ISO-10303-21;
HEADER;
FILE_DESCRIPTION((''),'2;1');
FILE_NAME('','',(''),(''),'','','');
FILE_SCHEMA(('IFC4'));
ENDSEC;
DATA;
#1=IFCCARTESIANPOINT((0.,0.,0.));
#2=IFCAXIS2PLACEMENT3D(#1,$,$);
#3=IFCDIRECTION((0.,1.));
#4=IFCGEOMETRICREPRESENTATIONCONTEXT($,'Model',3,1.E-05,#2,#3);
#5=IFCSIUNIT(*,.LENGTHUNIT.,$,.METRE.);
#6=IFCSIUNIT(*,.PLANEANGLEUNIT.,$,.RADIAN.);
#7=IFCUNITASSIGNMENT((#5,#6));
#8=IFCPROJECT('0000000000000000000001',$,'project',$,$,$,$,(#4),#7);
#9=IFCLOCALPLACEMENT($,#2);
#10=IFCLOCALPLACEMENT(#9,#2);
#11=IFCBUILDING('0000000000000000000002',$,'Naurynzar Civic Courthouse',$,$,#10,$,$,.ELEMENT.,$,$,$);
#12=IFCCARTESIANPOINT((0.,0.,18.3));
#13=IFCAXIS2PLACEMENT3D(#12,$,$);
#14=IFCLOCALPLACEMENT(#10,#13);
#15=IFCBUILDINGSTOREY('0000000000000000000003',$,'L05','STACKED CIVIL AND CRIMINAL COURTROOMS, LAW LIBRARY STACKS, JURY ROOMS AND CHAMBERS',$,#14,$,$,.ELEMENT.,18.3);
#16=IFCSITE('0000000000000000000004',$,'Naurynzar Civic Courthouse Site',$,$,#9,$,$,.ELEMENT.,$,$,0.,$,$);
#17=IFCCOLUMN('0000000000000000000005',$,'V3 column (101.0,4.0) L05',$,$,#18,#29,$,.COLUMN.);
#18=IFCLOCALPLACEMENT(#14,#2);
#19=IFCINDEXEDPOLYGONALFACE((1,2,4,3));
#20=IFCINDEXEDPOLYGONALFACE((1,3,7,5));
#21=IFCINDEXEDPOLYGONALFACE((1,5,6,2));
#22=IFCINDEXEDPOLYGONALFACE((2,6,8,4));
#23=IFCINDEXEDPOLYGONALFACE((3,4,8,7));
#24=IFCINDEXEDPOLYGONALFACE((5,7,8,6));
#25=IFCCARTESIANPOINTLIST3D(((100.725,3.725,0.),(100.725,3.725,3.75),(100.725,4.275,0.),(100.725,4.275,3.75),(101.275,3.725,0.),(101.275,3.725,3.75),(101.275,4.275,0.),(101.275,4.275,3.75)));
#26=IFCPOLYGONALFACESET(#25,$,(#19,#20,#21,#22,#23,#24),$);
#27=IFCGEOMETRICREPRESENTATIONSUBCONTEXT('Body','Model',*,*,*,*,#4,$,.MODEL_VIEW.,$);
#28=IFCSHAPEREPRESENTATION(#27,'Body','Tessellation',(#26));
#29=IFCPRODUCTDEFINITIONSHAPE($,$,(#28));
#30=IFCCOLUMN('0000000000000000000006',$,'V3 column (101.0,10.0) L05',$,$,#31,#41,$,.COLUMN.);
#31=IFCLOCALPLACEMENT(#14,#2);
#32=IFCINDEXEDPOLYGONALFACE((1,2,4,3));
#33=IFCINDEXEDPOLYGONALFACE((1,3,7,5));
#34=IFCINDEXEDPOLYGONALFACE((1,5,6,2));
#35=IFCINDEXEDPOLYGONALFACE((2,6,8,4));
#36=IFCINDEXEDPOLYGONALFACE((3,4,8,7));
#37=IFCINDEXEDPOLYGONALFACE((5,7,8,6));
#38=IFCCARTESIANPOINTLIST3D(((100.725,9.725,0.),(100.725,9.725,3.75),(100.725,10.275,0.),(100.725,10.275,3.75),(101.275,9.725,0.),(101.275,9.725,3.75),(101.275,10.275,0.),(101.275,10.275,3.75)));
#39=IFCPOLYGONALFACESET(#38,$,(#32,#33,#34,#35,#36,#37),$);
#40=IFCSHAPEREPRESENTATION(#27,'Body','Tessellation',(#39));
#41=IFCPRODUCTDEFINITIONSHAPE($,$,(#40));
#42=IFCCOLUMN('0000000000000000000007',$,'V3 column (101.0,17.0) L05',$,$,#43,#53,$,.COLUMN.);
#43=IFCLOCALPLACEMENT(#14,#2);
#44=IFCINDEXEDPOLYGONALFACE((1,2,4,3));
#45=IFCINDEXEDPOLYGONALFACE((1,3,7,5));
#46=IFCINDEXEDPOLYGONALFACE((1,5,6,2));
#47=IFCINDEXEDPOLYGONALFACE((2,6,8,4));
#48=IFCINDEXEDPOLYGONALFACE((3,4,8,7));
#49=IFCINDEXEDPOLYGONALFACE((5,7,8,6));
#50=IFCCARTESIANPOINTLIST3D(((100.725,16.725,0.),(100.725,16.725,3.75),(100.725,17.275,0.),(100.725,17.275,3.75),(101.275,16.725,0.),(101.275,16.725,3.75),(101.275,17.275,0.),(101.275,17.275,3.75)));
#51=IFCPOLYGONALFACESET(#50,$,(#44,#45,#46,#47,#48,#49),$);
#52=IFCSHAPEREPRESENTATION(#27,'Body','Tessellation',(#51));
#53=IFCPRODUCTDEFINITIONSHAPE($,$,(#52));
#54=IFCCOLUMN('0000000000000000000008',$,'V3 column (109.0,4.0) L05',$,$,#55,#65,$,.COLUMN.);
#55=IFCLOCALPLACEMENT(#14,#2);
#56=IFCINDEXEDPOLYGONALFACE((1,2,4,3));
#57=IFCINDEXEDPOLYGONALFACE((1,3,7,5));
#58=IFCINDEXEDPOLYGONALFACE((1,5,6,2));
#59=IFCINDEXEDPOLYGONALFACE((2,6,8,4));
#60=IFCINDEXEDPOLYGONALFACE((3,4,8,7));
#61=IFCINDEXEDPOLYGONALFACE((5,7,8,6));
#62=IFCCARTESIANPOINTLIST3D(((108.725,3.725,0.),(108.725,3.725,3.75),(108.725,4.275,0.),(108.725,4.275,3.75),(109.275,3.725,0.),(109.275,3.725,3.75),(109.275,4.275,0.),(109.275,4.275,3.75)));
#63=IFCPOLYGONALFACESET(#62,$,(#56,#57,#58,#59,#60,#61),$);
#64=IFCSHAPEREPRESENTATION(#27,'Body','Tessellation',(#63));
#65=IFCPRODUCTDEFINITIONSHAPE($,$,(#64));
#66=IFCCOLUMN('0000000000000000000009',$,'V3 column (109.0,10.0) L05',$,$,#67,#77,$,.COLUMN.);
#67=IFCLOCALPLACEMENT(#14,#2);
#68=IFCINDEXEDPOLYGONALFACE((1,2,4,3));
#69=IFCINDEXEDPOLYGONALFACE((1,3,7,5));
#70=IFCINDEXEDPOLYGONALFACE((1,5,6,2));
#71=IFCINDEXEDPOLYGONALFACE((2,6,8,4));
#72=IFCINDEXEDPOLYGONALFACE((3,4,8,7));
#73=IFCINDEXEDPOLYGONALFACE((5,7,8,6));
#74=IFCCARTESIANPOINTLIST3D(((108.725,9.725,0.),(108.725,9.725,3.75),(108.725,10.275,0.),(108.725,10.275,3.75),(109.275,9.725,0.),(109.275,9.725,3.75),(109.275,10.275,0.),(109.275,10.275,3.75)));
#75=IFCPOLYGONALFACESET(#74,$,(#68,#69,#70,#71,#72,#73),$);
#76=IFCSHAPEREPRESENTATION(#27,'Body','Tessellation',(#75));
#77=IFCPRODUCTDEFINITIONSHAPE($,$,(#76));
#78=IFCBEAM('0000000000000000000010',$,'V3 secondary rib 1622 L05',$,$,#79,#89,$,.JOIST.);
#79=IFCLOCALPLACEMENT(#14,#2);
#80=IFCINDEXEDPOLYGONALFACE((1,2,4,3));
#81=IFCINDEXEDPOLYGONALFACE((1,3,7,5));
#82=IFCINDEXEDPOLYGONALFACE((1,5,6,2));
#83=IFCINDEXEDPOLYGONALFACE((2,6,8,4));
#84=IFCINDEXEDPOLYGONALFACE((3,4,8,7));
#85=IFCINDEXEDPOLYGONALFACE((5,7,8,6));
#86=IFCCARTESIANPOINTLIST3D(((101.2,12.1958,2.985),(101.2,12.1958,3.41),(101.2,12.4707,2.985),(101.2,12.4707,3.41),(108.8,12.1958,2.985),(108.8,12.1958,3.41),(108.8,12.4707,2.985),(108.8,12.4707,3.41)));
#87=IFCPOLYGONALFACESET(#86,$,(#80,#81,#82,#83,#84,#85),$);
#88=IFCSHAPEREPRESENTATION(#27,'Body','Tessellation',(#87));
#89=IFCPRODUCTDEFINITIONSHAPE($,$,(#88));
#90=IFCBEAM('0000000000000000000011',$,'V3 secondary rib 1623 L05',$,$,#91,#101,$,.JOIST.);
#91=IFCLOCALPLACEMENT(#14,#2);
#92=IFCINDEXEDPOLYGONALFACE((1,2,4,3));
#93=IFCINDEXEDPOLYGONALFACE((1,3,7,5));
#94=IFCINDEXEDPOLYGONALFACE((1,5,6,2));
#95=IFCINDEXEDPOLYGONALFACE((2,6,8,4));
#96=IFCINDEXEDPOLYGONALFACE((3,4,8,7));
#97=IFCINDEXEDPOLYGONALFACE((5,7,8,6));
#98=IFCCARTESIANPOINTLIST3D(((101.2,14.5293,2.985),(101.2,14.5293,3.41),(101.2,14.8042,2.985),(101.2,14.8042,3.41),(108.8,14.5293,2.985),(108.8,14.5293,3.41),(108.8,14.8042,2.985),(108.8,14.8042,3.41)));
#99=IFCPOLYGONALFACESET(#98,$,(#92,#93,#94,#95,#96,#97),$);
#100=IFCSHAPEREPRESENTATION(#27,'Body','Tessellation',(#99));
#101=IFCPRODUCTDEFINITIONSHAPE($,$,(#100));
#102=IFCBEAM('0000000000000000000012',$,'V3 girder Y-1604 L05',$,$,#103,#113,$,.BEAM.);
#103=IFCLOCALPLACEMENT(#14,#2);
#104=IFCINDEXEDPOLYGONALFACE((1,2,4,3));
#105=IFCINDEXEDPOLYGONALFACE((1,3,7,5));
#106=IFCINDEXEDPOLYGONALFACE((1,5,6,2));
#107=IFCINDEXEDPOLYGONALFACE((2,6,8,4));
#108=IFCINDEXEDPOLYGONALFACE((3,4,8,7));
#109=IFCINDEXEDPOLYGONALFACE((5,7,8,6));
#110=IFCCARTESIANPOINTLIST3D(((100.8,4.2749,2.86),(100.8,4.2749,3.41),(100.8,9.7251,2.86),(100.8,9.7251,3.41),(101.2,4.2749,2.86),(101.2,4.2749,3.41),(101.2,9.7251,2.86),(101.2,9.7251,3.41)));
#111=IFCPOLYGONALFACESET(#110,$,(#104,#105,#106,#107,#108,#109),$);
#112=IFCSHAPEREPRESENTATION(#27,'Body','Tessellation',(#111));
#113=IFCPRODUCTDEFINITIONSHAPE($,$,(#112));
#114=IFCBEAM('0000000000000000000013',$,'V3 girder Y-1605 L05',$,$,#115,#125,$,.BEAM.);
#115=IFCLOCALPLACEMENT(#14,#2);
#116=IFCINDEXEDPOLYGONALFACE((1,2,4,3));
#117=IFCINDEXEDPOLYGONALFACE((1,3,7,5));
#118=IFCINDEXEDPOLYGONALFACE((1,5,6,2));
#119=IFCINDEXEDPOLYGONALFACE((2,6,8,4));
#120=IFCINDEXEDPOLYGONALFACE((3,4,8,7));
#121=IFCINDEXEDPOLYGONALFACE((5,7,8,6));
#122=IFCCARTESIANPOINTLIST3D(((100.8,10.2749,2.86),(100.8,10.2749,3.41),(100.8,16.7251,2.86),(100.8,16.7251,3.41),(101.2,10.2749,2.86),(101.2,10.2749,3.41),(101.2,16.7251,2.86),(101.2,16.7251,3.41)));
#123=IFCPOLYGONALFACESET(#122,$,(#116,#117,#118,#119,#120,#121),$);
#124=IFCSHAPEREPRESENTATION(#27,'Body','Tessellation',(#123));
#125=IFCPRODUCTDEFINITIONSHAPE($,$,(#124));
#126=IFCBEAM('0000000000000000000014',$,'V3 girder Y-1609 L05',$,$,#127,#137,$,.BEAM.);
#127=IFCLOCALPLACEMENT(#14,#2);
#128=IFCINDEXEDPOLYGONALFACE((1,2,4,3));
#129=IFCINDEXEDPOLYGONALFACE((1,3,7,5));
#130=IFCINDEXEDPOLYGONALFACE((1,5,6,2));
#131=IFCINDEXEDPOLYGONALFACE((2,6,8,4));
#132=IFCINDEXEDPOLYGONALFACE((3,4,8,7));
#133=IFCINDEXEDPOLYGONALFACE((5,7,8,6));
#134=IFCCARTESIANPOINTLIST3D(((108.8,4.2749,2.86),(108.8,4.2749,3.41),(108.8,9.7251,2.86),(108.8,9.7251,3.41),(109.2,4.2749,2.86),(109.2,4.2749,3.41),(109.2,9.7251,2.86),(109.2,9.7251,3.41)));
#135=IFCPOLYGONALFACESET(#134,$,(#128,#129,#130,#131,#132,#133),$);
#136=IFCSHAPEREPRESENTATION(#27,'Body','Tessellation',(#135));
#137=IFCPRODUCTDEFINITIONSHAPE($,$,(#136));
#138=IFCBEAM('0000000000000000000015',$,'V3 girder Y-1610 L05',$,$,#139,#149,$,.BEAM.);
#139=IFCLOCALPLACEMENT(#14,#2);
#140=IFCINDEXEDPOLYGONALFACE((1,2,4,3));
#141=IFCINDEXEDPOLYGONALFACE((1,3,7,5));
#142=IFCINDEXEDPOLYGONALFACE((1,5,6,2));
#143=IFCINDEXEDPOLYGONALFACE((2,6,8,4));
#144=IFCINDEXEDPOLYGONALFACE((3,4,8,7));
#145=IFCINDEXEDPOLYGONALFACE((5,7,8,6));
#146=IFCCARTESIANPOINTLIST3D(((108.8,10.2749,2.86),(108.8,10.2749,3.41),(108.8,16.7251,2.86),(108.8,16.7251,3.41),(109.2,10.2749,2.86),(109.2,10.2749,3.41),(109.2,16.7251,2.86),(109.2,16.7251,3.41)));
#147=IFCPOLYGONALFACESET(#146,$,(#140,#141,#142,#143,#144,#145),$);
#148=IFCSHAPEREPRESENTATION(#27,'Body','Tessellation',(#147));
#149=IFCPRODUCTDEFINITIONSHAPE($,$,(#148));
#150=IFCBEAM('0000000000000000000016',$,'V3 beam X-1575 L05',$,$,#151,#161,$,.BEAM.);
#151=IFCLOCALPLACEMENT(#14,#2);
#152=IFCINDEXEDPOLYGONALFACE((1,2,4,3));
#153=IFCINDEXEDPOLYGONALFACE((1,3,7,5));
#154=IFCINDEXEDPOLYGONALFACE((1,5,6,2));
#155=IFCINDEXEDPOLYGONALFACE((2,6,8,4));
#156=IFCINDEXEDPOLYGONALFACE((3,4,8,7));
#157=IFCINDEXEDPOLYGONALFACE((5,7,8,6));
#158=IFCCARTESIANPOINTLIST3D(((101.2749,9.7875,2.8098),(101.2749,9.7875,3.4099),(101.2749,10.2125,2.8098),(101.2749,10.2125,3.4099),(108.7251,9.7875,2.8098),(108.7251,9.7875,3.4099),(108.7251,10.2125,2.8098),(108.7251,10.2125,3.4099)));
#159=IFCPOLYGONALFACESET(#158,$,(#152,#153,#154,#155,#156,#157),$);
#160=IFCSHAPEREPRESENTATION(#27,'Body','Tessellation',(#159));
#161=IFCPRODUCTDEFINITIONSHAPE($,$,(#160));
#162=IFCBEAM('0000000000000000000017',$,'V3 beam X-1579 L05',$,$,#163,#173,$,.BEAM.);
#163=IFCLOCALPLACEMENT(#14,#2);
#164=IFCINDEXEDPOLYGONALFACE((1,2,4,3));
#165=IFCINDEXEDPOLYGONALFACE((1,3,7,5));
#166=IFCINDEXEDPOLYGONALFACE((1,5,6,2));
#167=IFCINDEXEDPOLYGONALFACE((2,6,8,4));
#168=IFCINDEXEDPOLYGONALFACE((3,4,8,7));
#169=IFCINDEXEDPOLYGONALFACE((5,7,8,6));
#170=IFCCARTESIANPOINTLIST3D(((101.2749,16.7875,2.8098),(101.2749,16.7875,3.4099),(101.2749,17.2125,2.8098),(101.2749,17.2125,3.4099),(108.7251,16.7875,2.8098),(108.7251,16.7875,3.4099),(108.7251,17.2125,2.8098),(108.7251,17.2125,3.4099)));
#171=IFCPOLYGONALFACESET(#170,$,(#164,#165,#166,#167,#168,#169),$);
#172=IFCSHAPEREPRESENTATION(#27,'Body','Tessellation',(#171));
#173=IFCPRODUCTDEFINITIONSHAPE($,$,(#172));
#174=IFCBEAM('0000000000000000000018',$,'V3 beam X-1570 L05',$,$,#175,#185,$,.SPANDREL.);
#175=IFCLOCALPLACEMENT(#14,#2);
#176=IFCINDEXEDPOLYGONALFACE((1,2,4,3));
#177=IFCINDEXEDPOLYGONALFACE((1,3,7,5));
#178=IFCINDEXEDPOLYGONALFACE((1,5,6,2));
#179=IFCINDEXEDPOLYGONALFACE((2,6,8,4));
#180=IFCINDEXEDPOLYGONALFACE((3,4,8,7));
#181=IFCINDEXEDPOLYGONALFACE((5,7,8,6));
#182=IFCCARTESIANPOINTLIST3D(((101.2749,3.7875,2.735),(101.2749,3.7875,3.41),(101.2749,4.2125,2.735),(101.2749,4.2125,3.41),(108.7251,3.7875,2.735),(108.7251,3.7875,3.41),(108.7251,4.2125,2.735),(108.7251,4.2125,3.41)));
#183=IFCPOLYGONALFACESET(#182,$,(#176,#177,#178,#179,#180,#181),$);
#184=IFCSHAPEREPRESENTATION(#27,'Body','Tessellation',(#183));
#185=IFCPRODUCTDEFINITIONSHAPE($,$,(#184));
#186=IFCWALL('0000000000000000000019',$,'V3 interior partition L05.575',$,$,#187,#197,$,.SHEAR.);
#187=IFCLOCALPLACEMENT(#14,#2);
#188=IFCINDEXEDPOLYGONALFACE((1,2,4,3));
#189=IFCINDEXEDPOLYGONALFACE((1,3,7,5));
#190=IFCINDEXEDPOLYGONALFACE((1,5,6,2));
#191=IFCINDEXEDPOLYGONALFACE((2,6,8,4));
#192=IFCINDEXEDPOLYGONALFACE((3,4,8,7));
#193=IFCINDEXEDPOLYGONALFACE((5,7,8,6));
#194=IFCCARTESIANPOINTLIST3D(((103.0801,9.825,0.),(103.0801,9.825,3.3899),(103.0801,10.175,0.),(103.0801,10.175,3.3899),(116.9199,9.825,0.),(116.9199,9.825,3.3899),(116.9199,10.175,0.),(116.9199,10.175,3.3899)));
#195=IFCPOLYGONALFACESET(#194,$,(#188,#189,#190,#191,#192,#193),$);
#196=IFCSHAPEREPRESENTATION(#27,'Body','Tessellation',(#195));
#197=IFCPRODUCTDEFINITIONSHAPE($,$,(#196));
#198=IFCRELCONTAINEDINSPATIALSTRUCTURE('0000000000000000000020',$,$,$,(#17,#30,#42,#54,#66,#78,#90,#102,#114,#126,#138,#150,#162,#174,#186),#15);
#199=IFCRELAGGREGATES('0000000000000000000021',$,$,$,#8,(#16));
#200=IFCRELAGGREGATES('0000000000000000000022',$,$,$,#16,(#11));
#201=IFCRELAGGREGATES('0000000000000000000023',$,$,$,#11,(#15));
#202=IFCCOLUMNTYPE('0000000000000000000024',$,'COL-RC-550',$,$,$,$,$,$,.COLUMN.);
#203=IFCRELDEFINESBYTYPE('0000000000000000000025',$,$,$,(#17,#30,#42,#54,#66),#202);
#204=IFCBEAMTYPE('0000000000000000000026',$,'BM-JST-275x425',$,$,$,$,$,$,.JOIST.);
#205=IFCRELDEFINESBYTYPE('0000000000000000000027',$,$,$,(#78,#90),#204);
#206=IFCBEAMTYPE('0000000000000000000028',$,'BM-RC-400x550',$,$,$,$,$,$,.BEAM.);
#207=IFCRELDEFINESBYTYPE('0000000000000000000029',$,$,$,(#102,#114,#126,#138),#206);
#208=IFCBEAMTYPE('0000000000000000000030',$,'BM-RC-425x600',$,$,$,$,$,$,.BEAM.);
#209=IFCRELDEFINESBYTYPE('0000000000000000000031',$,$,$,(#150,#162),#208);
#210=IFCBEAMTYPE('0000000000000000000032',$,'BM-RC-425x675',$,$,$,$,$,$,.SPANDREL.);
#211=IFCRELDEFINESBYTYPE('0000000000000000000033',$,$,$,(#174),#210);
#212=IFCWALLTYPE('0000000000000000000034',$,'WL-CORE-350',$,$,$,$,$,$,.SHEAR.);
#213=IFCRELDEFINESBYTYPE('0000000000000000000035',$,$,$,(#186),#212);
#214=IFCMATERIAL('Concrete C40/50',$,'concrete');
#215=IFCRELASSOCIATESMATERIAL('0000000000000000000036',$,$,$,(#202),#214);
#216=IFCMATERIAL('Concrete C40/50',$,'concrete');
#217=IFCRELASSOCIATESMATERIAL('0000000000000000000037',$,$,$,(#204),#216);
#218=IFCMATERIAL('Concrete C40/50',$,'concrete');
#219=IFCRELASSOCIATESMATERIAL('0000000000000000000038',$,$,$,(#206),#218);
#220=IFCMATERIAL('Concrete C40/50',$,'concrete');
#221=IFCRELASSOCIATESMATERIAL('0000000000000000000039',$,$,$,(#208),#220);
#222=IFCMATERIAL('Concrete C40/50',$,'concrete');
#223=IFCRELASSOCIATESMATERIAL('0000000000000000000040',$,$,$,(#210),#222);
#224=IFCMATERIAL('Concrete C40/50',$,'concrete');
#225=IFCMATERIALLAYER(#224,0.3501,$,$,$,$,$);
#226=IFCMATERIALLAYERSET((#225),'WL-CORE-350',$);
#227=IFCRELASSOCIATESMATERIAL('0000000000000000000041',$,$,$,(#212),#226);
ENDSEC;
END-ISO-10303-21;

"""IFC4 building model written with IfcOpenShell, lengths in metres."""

from ifc_helpers import new_model, si_unit, direction, frame, frame_2d, origin, origin_2d, place, context, subcontext, project, spatial, rectangle, extrude, material, layer, layer_set, material_profile, profile_set, type_object, element, save


model = new_model("IFC4")

# Units and contexts
model_context = context("Model", 3, precision=1e-05, world=origin(), true_north=direction((0.0, 1.0)))
body_context = subcontext(model_context, "Body", "Model", "MODEL_VIEW")
ifc_project = project(units=[si_unit("LENGTHUNIT", "METRE"), si_unit("PLANEANGLEUNIT", "RADIAN")], contexts=[model_context])

# Site, building, storey
site_placement = place(None, origin())
site = spatial("IfcSite", under=ifc_project, at=site_placement, Name="Naurynzar Civic Courthouse Site", CompositionType="ELEMENT", RefElevation=0.0)
building_placement = place(site_placement, origin())
building = spatial("IfcBuilding", under=site, at=building_placement, Name="Naurynzar Civic Courthouse", CompositionType="ELEMENT")
storey_placement = place(building_placement, frame((0.0, 0.0, 18.3)))
storey = spatial("IfcBuildingStorey", under=building, at=storey_placement, Name="L05", Description="STACKED CIVIL AND CRIMINAL COURTROOMS, LAW LIBRARY STACKS, JURY ROOMS AND CHAMBERS", CompositionType="ELEMENT", Elevation=18.3)

# Columns
ifc_material_1 = material(Name="Concrete C40/50", Category="concrete")
ifc_material_profile_1 = material_profile(ifc_material_1, rectangle(XDim=0.55, YDim=0.55, at=origin_2d()), Name="RC 550x550")
ifc_profile_set_1 = profile_set([ifc_material_profile_1], Name="Concrete C40/50")
column_type = type_object("IfcColumnType", Name="COL-RC-550", PredefinedType="COLUMN", material=ifc_profile_set_1)
for number, where, z_axis, x_axis, name in (
    (1, (101.0, 4.0, 0.0), (0.0, 0.0, 1.0), (1.0, 0.0, 0.0), "V3 column (101.0,4.0) L05"),
    (2, (101.0, 10.0, 0.0), (0.0, 0.0, 1.0), (1.0, 0.0, 0.0), "V3 column (101.0,10.0) L05"),
    (3, (101.0, 17.0, 0.0), (0.0, 0.0, 1.0), (1.0, 0.0, 0.0), "V3 column (101.0,17.0) L05"),
    (4, (109.0, 4.0, 0.0), (0.0, 0.0, 1.0), (1.0, 0.0, 0.0), "V3 column (109.0,4.0) L05"),
    (5, (109.0, 10.0, 0.0), (0.0, 0.0, 1.0), (1.0, 0.0, 0.0), "V3 column (109.0,10.0) L05"),
):
    element("IfcColumn", number, at=place(storey_placement, frame(where, z_axis=z_axis, x_axis=x_axis)), inside=storey, type_object=column_type, Name=name, PredefinedType="COLUMN", context=body_context, shape_type="SweptSolid", body=[
        extrude(rectangle(XDim=0.55, YDim=0.55, at=origin_2d()), origin(), (0.0, 0.0, 1.0), 3.75),
    ])

# Beams
ifc_material_2 = material(Name="Concrete C40/50", Category="concrete")
ifc_material_profile_2 = material_profile(ifc_material_2, rectangle(XDim=0.2749, YDim=0.425, at=origin_2d()), Name="RCB 275x425")
ifc_profile_set_2 = profile_set([ifc_material_profile_2], Name="Concrete C40/50")
beam_type_1 = type_object("IfcBeamType", Name="BM-JST-275x425", PredefinedType="JOIST", material=ifc_profile_set_2)
for number, where, z_axis, x_axis, name in (
    (6, (101.2, 12.3333, 3.1975), (1.0, 0.0, 0.0), (0.0, 1.0, 0.0), "V3 secondary rib 1622 L05"),
    (7, (101.2, 14.6667, 3.1975), (1.0, 0.0, 0.0), (0.0, 1.0, 0.0), "V3 secondary rib 1623 L05"),
):
    element("IfcBeam", number, at=place(storey_placement, frame(where, z_axis=z_axis, x_axis=x_axis)), inside=storey, type_object=beam_type_1, Name=name, PredefinedType="JOIST", context=body_context, shape_type="SweptSolid", body=[
        extrude(rectangle(XDim=0.2749, YDim=0.425, at=origin_2d()), origin(), (0.0, 0.0, 1.0), 7.6001),
    ])
ifc_material_3 = material(Name="Concrete C40/50", Category="concrete")
ifc_material_profile_3 = material_profile(ifc_material_3, rectangle(XDim=0.3999, YDim=0.55, at=origin_2d()), Name="RCB 400x550")
ifc_profile_set_3 = profile_set([ifc_material_profile_3], Name="Concrete C40/50")
beam_type_2 = type_object("IfcBeamType", Name="BM-RC-400x550", PredefinedType="BEAM", material=ifc_profile_set_3)
beam_1_placement = place(storey_placement, frame((101.0, 4.2749, 3.135), z_axis=(0.0, 1.0, 0.0), x_axis=(-1.0, 0.0, 0.0)))
element("IfcBeam", 8, at=beam_1_placement, inside=storey, type_object=beam_type_2, Name="V3 girder Y-1604 L05", PredefinedType="BEAM", context=body_context, shape_type="SweptSolid", body=[
    extrude(rectangle(XDim=0.3999, YDim=0.55, at=origin_2d()), origin(), (0.0, 0.0, 1.0), 5.4502),
])
beam_2_placement = place(storey_placement, frame((101.0, 10.2749, 3.135), z_axis=(0.0, 1.0, 0.0), x_axis=(-1.0, 0.0, 0.0)))
element("IfcBeam", 9, at=beam_2_placement, inside=storey, type_object=beam_type_2, Name="V3 girder Y-1605 L05", PredefinedType="BEAM", context=body_context, shape_type="SweptSolid", body=[
    extrude(rectangle(XDim=0.3999, YDim=0.55, at=origin_2d()), origin(), (0.0, 0.0, 1.0), 6.4502),
])
beam_3_placement = place(storey_placement, frame((109.0, 4.2749, 3.135), z_axis=(0.0, 1.0, 0.0), x_axis=(-1.0, 0.0, 0.0)))
element("IfcBeam", 10, at=beam_3_placement, inside=storey, type_object=beam_type_2, Name="V3 girder Y-1609 L05", PredefinedType="BEAM", context=body_context, shape_type="SweptSolid", body=[
    extrude(rectangle(XDim=0.3999, YDim=0.55, at=origin_2d()), origin(), (0.0, 0.0, 1.0), 5.4502),
])
beam_4_placement = place(storey_placement, frame((109.0, 10.2749, 3.135), z_axis=(0.0, 1.0, 0.0), x_axis=(-1.0, 0.0, 0.0)))
element("IfcBeam", 11, at=beam_4_placement, inside=storey, type_object=beam_type_2, Name="V3 girder Y-1610 L05", PredefinedType="BEAM", context=body_context, shape_type="SweptSolid", body=[
    extrude(rectangle(XDim=0.3999, YDim=0.55, at=origin_2d()), origin(), (0.0, 0.0, 1.0), 6.4502),
])
ifc_material_4 = material(Name="Concrete C40/50", Category="concrete")
ifc_material_profile_4 = material_profile(ifc_material_4, rectangle(XDim=0.425, YDim=0.6001, at=origin_2d()), Name="RCB 425x600")
ifc_profile_set_4 = profile_set([ifc_material_profile_4], Name="Concrete C40/50")
beam_type_3 = type_object("IfcBeamType", Name="BM-RC-425x600", PredefinedType="BEAM", material=ifc_profile_set_4)
for number, where, z_axis, x_axis, name in (
    (12, (101.2749, 10.0, 3.1099), (1.0, 0.0, 0.0), (0.0, 1.0, 0.0), "V3 beam X-1575 L05"),
    (13, (101.2749, 17.0, 3.1099), (1.0, 0.0, 0.0), (0.0, 1.0, 0.0), "V3 beam X-1579 L05"),
):
    element("IfcBeam", number, at=place(storey_placement, frame(where, z_axis=z_axis, x_axis=x_axis)), inside=storey, type_object=beam_type_3, Name=name, PredefinedType="BEAM", context=body_context, shape_type="SweptSolid", body=[
        extrude(rectangle(XDim=0.425, YDim=0.6001, at=origin_2d()), origin(), (0.0, 0.0, 1.0), 7.4502),
    ])
ifc_material_5 = material(Name="Concrete C40/50", Category="concrete")
ifc_material_profile_5 = material_profile(ifc_material_5, rectangle(XDim=0.425, YDim=0.675, at=origin_2d()), Name="RCB 425x675")
ifc_profile_set_5 = profile_set([ifc_material_profile_5], Name="Concrete C40/50")
beam_type_4 = type_object("IfcBeamType", Name="BM-RC-425x675", PredefinedType="SPANDREL", material=ifc_profile_set_5)
beam_5_placement = place(storey_placement, frame((101.2749, 4.0, 3.0725), z_axis=(1.0, 0.0, 0.0), x_axis=(0.0, 1.0, 0.0)))
element("IfcBeam", 14, at=beam_5_placement, inside=storey, type_object=beam_type_4, Name="V3 beam X-1570 L05", PredefinedType="SPANDREL", context=body_context, shape_type="SweptSolid", body=[
    extrude(rectangle(XDim=0.425, YDim=0.675, at=origin_2d()), origin(), (0.0, 0.0, 1.0), 7.4502),
])

# Wall
ifc_material_6 = material(Name="Concrete C40/50", Category="concrete")
ifc_layer_1 = layer(ifc_material_6, 0.3501)
ifc_layer_set_1 = layer_set([ifc_layer_1], Name="WL-CORE-350")
wall_type_1 = type_object("IfcWallType", Name="WL-CORE-350", PredefinedType="SHEAR", material=ifc_layer_set_1)
wall_1_placement = place(storey_placement, frame((103.0801, 10.0, 0.0), z_axis=(0.0, 0.0, 1.0), x_axis=(1.0, 0.0, 0.0)))
element("IfcWall", 15, at=wall_1_placement, inside=storey, type_object=wall_type_1, Name="V3 interior partition L05.575", PredefinedType="SHEAR", context=body_context, shape_type="SweptSolid", body=[
    extrude(rectangle(XDim=13.8398, YDim=0.3501, at=frame_2d((6.9199, 0.0))), origin(), (0.0, 0.0, 1.0), 3.3899),
])

save(model, "model.ifc")
